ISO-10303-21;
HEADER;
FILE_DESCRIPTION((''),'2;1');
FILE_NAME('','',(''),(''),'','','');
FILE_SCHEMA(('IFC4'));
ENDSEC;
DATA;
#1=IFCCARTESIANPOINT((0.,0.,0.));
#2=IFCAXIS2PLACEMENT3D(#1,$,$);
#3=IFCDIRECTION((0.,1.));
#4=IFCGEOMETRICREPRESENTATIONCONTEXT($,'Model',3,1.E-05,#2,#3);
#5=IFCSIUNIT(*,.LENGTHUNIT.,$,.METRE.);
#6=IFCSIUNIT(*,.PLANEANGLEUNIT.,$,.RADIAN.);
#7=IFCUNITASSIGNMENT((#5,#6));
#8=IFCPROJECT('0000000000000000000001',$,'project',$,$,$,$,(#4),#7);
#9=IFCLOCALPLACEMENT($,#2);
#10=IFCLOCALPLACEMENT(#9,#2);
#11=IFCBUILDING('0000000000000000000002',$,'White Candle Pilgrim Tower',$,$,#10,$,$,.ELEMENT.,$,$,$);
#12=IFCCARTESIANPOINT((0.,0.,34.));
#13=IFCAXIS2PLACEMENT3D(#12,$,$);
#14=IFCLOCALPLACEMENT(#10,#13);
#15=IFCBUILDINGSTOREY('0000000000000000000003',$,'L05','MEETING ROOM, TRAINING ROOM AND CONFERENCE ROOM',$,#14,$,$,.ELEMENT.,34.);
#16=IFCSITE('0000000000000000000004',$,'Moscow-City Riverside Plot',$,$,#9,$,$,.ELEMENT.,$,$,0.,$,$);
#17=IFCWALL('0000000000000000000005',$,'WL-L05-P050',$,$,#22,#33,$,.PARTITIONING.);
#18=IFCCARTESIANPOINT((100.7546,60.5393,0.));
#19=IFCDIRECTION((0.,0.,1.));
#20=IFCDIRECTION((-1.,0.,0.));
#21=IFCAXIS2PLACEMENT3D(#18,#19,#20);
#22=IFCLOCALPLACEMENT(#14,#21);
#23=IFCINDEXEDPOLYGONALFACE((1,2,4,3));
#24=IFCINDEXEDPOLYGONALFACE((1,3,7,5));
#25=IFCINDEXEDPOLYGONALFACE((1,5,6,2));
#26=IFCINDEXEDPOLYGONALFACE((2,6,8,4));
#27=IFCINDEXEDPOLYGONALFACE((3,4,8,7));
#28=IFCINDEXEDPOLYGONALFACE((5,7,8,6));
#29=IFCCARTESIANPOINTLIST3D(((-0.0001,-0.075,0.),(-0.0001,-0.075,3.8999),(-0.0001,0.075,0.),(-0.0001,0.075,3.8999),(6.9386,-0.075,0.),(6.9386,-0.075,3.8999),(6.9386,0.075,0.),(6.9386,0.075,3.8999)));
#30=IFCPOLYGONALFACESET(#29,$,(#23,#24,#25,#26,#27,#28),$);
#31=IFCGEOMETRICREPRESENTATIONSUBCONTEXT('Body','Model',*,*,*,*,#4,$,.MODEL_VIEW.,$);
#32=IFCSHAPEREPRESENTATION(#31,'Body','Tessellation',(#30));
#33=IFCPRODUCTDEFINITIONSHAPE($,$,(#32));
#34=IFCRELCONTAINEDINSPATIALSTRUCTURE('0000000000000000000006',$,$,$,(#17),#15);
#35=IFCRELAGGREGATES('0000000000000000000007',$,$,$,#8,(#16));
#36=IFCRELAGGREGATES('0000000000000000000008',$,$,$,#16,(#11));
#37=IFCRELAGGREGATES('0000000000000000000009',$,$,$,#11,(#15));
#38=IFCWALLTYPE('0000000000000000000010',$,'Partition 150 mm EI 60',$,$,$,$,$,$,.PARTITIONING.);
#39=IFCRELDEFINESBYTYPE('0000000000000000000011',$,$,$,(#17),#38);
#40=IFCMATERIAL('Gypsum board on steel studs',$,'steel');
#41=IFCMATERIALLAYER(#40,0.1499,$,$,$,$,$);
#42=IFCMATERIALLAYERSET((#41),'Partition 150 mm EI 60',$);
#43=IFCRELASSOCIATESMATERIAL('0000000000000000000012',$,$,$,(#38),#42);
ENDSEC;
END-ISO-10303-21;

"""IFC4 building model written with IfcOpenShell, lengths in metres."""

from ifc_helpers import new_model, si_unit, direction, frame, frame_2d, origin, place, context, subcontext, project, spatial, rectangle, extrude, material, layer, layer_set, type_object, element, save


model = new_model("IFC4")

# Units and contexts
model_context = context("Model", 3, precision=1e-05, world=origin(), true_north=direction((0.0, 1.0)))
body_context = subcontext(model_context, "Body", "Model", "MODEL_VIEW")
ifc_project = project(units=[si_unit("LENGTHUNIT", "METRE"), si_unit("PLANEANGLEUNIT", "RADIAN")], contexts=[model_context])

# Site, building, storey
site_placement = place(None, origin())
site = spatial("IfcSite", under=ifc_project, at=site_placement, Name="Moscow-City Riverside Plot", CompositionType="ELEMENT", RefElevation=0.0)
building_placement = place(site_placement, origin())
building = spatial("IfcBuilding", under=site, at=building_placement, Name="White Candle Pilgrim Tower", CompositionType="ELEMENT")
storey_placement = place(building_placement, frame((0.0, 0.0, 34.0)))
storey = spatial("IfcBuildingStorey", under=building, at=storey_placement, Name="L05", Description="MEETING ROOM, TRAINING ROOM AND CONFERENCE ROOM", CompositionType="ELEMENT", Elevation=34.0)

# Shared definitions
ifc_material_1 = material(Name="Gypsum board on steel studs", Category="steel")

# Wall
ifc_layer_1 = layer(ifc_material_1, 0.1499)
ifc_layer_set_1 = layer_set([ifc_layer_1], Name="Partition 150 mm EI 60")
wall_type_1 = type_object("IfcWallType", Name="Partition 150 mm EI 60", PredefinedType="PARTITIONING", material=ifc_layer_set_1)
wall_1_placement = place(storey_placement, frame((100.7546, 60.5393, 0.0), z_axis=(0.0, 0.0, 1.0), x_axis=(-1.0, 0.0, 0.0)))
element("IfcWall", 1, at=wall_1_placement, inside=storey, type_object=wall_type_1, Name="WL-L05-P050", PredefinedType="PARTITIONING", context=body_context, shape_type="SweptSolid", body=[
    extrude(rectangle(XDim=6.9387, YDim=0.1499, at=frame_2d((3.4692, 0.0))), origin(), (0.0, 0.0, 1.0), 3.8999),
])

save(model, "model.ifc")
